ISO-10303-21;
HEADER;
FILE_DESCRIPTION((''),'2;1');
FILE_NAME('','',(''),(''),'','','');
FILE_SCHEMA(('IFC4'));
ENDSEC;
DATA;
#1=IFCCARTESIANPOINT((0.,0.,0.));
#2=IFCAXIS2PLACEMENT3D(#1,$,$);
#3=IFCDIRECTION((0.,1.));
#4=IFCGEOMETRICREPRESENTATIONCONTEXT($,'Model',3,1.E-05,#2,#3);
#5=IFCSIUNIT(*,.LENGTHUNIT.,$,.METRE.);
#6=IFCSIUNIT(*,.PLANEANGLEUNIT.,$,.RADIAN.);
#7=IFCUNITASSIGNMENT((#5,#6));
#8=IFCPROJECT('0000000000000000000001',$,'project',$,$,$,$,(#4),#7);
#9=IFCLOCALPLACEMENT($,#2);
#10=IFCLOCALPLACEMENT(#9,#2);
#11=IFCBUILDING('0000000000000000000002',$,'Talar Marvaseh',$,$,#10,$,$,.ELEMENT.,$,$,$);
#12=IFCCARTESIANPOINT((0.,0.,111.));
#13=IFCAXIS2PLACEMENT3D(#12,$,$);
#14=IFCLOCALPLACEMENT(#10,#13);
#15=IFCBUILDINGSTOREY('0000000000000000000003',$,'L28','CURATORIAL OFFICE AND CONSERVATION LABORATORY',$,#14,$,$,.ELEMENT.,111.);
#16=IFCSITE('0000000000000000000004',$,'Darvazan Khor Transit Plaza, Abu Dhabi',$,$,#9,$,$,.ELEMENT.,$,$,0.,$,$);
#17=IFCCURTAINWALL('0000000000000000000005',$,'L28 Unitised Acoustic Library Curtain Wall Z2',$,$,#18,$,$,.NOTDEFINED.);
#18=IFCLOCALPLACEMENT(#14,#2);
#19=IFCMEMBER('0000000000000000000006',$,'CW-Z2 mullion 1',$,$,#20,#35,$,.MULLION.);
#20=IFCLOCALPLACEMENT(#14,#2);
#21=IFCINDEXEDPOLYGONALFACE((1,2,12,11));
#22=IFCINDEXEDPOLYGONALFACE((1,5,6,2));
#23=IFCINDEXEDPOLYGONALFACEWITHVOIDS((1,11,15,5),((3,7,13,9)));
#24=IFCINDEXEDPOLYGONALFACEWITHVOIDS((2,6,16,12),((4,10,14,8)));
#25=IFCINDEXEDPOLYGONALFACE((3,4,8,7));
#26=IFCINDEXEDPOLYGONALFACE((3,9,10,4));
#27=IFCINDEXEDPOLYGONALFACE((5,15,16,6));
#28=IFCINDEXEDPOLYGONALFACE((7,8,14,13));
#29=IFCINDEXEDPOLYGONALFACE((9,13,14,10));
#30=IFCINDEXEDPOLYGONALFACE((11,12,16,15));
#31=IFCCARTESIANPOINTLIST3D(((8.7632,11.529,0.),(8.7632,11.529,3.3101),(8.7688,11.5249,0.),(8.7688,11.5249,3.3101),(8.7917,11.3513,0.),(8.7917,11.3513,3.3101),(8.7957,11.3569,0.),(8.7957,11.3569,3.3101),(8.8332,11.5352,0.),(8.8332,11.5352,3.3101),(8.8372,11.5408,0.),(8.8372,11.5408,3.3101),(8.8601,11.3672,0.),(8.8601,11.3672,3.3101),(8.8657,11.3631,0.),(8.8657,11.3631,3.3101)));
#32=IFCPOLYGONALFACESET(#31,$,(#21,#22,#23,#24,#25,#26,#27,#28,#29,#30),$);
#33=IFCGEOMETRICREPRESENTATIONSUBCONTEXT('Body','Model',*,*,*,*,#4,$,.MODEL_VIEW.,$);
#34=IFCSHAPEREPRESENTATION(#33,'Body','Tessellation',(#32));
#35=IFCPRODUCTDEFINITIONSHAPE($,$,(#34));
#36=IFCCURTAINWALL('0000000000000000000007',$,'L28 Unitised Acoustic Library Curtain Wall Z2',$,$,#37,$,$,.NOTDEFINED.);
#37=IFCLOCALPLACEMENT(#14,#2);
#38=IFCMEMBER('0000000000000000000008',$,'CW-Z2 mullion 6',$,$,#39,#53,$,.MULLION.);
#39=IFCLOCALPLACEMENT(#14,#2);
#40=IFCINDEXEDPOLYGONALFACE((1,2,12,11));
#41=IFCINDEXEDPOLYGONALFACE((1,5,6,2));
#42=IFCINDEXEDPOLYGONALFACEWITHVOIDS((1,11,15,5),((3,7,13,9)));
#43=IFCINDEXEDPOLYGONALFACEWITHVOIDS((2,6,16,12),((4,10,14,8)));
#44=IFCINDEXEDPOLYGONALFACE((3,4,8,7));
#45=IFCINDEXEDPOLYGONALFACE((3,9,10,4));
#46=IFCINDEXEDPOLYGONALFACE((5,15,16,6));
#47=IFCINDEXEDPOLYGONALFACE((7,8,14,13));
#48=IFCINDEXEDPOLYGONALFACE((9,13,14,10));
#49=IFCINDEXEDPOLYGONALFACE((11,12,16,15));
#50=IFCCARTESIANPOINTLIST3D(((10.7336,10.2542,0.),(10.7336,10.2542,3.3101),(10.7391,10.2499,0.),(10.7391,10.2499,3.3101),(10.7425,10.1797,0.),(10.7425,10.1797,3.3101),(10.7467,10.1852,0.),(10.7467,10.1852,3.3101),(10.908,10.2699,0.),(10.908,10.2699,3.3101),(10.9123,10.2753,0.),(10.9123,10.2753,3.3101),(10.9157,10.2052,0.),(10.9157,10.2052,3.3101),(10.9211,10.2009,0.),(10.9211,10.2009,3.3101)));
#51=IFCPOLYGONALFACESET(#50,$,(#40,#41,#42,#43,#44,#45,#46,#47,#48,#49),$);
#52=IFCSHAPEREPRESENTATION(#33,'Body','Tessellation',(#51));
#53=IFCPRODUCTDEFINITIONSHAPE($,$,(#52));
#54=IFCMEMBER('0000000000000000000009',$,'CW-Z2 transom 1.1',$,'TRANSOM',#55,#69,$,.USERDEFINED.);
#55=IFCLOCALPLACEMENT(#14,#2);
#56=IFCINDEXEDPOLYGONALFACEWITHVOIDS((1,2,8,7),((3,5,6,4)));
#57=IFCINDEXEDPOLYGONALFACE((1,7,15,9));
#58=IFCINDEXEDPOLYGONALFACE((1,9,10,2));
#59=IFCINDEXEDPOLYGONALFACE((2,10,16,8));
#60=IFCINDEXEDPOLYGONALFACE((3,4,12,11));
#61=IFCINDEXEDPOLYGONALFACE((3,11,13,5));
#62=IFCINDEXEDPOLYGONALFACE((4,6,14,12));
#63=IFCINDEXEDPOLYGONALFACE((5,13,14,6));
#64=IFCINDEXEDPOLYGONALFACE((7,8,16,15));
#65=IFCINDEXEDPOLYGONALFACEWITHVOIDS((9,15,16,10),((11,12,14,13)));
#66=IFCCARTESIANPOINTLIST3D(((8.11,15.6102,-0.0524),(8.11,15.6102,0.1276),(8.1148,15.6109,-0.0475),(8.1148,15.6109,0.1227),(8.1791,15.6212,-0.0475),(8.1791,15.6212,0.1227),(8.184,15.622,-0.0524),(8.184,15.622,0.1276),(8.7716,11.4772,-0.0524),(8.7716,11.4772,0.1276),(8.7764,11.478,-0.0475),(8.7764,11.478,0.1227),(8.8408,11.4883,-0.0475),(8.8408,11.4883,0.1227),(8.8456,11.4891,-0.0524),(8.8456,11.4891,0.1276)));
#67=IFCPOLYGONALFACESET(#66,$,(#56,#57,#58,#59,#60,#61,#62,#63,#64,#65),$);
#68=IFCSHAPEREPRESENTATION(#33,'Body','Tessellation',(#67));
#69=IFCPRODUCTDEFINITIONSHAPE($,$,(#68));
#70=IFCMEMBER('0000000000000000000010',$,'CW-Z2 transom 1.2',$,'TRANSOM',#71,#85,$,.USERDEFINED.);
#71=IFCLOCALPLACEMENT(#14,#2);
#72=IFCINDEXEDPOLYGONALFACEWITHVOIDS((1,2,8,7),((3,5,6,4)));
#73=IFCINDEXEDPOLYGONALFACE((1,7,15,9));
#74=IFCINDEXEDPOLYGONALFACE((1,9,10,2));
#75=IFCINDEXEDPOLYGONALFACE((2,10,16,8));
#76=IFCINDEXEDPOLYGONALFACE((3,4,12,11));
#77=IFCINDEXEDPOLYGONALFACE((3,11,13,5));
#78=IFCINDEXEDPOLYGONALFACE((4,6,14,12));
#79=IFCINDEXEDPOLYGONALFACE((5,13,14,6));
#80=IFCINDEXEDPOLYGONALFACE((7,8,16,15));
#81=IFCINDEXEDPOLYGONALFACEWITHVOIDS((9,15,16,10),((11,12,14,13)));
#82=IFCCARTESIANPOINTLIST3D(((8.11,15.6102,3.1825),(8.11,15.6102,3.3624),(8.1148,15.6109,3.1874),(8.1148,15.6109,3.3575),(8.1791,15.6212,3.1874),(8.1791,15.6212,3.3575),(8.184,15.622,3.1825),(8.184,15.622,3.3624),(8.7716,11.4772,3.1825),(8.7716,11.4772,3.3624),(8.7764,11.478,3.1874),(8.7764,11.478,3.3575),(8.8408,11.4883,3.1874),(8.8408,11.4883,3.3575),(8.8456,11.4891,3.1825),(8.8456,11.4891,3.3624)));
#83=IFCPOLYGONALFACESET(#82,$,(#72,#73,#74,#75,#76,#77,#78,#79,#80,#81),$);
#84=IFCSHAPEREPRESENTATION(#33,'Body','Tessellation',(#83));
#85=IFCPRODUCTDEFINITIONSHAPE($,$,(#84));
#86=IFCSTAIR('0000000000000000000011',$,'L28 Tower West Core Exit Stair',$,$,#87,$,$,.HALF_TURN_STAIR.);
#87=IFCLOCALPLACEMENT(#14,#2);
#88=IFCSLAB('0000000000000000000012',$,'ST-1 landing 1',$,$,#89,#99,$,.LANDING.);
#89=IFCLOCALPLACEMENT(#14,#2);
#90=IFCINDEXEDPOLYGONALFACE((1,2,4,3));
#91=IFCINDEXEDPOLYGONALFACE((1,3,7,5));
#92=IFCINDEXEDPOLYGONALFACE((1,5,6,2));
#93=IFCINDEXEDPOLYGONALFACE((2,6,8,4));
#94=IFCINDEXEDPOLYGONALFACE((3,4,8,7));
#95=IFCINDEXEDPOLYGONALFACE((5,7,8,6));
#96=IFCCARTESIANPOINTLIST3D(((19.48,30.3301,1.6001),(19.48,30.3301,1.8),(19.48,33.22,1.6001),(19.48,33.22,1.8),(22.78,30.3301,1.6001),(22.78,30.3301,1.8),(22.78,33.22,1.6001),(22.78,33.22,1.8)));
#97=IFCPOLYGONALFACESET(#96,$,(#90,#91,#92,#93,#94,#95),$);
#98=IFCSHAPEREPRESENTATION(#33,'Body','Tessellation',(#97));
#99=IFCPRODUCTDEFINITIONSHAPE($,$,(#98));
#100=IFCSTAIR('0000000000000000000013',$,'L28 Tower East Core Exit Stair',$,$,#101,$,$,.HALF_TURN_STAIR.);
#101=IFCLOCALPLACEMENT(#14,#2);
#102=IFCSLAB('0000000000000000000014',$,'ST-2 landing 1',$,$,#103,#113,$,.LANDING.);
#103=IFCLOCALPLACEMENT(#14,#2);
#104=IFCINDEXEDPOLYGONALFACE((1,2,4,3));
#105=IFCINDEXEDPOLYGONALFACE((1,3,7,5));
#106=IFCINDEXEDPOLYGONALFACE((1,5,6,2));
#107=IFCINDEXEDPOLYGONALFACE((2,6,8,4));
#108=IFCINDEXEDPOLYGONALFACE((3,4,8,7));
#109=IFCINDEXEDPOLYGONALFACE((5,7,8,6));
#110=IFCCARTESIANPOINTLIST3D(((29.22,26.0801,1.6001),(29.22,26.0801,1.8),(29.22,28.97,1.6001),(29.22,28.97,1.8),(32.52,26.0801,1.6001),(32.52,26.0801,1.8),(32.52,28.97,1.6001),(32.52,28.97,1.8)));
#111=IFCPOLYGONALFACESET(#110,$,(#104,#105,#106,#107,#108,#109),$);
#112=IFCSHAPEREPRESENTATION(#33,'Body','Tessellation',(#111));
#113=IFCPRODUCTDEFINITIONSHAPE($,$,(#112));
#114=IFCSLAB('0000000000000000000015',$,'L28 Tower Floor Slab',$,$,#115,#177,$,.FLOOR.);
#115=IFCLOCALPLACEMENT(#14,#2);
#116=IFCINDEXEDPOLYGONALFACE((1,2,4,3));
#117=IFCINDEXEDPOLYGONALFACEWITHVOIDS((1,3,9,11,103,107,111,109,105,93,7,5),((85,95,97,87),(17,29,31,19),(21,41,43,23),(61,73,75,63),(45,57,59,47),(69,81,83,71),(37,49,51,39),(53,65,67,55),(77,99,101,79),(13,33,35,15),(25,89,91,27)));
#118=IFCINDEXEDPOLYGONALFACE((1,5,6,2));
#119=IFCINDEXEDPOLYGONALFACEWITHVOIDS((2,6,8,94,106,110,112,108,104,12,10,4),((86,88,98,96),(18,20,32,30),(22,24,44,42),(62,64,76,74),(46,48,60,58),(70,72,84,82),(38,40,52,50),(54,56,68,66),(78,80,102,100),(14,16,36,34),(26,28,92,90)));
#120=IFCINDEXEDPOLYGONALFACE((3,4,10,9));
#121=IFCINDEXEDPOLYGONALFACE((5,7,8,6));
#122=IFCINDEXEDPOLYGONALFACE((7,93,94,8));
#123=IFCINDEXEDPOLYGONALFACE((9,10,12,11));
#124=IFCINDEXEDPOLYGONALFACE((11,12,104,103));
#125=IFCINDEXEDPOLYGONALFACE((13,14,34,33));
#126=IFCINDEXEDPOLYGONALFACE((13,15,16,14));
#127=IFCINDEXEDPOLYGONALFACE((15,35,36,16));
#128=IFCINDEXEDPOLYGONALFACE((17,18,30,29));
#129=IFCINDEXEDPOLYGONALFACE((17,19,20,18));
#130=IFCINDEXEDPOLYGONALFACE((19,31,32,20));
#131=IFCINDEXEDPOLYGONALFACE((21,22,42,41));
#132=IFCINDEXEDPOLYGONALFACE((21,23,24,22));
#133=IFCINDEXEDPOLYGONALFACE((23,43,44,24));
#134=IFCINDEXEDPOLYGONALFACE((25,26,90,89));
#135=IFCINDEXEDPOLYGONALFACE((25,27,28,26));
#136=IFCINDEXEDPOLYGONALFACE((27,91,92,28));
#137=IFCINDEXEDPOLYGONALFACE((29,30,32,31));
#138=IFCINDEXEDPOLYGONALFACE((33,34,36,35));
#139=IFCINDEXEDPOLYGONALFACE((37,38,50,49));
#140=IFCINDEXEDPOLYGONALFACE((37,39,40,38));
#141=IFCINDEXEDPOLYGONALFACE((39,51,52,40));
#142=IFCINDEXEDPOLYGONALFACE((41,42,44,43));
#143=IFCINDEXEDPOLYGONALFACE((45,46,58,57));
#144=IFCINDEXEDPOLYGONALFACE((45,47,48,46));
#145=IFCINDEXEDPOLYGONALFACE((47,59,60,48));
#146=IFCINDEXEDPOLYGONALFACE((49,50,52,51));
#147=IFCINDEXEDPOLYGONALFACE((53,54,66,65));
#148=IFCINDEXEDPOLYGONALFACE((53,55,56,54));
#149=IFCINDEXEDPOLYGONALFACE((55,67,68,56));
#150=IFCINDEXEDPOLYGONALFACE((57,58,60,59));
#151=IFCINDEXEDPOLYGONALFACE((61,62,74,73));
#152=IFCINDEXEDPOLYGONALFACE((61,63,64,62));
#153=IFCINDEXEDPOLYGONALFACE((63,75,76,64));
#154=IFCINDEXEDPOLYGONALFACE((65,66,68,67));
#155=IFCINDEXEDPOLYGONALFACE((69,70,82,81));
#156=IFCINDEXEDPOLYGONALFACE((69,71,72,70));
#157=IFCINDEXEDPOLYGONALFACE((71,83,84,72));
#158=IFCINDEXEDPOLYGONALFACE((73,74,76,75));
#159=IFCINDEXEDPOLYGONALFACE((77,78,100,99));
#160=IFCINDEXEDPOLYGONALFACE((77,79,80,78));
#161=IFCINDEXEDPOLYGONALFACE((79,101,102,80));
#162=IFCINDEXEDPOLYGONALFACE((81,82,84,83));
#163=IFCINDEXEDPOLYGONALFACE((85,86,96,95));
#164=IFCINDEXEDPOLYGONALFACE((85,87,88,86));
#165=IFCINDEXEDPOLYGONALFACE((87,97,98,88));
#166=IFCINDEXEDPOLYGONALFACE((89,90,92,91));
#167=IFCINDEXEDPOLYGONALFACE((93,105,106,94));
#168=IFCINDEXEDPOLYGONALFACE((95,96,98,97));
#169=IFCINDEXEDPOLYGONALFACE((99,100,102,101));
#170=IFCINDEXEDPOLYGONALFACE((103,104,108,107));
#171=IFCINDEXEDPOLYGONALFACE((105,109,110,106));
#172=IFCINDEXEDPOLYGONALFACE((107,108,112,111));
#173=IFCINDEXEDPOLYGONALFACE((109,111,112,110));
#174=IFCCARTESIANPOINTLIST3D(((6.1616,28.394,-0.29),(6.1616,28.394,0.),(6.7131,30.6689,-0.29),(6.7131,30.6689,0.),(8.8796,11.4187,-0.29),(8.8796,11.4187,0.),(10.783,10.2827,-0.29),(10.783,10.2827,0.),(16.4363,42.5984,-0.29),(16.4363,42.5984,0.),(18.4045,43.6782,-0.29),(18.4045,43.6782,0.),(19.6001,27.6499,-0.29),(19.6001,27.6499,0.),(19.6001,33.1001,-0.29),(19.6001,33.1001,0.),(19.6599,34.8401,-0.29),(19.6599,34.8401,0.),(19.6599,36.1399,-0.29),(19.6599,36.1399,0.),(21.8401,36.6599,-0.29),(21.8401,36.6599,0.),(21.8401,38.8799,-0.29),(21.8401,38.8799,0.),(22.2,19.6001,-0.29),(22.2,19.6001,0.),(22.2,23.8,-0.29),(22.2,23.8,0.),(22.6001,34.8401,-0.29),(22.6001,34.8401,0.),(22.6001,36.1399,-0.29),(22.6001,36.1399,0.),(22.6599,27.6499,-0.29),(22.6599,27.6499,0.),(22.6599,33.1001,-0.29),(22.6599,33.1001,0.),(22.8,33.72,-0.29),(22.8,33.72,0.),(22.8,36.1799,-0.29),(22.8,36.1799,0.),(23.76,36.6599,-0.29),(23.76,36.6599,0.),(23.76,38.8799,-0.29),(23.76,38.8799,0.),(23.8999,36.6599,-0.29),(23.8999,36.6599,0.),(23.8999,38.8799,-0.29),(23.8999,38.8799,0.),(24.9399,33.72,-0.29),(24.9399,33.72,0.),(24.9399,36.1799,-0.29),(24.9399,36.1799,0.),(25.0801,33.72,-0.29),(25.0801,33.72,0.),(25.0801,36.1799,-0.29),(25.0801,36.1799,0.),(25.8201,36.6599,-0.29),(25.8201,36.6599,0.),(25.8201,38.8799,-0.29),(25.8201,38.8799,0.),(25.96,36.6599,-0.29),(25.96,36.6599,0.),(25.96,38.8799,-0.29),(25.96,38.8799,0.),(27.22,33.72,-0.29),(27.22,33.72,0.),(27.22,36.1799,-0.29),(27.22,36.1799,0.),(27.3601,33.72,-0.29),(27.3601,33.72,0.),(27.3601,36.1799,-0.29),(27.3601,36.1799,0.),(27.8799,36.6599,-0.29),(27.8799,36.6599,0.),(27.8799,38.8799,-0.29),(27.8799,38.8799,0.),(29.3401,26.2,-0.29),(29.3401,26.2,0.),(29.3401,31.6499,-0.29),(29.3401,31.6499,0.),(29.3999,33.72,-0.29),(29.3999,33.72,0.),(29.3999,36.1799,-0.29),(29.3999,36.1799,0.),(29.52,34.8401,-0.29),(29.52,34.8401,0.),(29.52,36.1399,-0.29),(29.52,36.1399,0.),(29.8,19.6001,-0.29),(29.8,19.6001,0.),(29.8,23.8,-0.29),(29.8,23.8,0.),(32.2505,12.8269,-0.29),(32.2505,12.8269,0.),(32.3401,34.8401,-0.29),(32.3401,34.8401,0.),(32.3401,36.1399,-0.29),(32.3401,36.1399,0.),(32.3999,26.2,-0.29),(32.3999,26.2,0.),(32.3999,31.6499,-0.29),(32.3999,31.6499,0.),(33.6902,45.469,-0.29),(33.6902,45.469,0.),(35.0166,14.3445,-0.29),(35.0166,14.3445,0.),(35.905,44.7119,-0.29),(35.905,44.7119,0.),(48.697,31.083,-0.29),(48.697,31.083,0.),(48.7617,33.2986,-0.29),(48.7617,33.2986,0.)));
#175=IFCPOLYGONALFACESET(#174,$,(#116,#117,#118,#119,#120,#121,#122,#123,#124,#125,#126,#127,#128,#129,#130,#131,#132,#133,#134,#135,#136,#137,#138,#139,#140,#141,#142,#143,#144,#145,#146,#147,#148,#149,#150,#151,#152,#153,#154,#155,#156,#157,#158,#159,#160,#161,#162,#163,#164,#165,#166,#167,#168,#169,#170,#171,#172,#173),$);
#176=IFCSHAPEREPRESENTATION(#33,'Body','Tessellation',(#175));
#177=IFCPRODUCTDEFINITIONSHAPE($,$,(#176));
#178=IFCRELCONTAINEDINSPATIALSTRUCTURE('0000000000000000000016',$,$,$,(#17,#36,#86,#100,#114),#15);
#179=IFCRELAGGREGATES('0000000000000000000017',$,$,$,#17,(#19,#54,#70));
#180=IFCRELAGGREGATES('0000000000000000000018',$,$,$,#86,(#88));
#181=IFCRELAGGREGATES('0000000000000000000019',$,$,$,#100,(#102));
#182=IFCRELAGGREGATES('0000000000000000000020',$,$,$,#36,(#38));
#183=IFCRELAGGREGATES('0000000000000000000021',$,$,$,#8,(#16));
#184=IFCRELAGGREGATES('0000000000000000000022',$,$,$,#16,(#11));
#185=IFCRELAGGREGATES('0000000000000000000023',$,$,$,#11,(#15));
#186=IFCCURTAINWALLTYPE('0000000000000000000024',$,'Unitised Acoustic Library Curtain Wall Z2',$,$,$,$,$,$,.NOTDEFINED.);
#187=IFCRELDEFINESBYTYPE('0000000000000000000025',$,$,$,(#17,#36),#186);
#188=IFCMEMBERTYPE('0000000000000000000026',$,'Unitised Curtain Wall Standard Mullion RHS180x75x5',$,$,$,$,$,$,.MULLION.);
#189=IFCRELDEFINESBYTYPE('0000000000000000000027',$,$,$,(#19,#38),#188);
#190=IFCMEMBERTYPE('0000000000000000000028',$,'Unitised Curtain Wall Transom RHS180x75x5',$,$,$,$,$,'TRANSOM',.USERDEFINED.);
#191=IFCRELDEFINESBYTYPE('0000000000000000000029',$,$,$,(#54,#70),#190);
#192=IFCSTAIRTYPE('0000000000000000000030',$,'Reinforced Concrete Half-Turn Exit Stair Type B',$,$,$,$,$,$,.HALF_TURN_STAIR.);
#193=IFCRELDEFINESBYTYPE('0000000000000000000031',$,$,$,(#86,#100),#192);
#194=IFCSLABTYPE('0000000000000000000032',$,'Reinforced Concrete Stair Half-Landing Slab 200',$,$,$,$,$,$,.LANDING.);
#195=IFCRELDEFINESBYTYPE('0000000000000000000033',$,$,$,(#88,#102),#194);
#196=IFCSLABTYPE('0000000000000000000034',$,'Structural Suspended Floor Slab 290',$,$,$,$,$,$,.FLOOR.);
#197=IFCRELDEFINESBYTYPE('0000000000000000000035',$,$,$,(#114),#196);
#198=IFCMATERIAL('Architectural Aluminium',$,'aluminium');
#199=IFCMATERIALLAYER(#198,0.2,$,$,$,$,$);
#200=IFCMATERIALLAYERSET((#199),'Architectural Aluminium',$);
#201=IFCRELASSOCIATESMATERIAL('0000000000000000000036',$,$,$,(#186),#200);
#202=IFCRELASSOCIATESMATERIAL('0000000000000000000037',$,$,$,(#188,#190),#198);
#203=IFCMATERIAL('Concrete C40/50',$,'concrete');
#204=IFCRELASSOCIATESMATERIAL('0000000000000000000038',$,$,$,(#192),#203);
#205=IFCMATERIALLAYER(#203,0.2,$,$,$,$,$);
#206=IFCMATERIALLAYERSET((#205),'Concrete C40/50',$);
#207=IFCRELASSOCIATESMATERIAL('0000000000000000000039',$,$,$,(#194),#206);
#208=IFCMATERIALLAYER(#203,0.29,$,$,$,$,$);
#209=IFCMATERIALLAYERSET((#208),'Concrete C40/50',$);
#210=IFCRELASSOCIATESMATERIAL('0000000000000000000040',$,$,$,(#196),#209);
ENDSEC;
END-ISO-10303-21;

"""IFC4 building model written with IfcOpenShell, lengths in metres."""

from ifc_helpers import new_model, si_unit, direction, frame, origin, origin_2d, place, context, subcontext, project, spatial, polyline, hollow_rectangle, outline, extrude, source, transform, mapped, material, layer, layer_set, material_profile, profile_set, type_object, type_shapes, element, aggregate, save


model = new_model("IFC4")

# Units and contexts
model_context = context("Model", 3, precision=1e-05, world=origin(), true_north=direction((0.0, 1.0)))
body_context = subcontext(model_context, "Body", "Model", "MODEL_VIEW")
ifc_project = project(units=[si_unit("LENGTHUNIT", "METRE"), si_unit("PLANEANGLEUNIT", "RADIAN")], contexts=[model_context])

# Site, building, storey
site_placement = place(None, origin())
site = spatial("IfcSite", under=ifc_project, at=site_placement, Name="Darvazan Khor Transit Plaza, Abu Dhabi", CompositionType="ELEMENT", RefElevation=0.0)
building_placement = place(site_placement, origin())
building = spatial("IfcBuilding", under=site, at=building_placement, Name="Talar Marvaseh", CompositionType="ELEMENT")
storey_placement = place(building_placement, frame((0.0, 0.0, 111.0)))
storey = spatial("IfcBuildingStorey", under=building, at=storey_placement, Name="L28", Description="CURATORIAL OFFICE AND CONSERVATION LABORATORY", CompositionType="ELEMENT", Elevation=111.0)

# Curtain walls, members
ifc_material_1 = material(Name="Architectural Aluminium", Category="aluminium")
ifc_layer_1 = layer(ifc_material_1, 0.2)
ifc_layer_set_1 = layer_set([ifc_layer_1], Name="Architectural Aluminium")
curtain_wall_type = type_object("IfcCurtainWallType", Name="Unitised Acoustic Library Curtain Wall Z2", PredefinedType="NOTDEFINED", material=ifc_layer_set_1)
curtain_wall_1_placement = place(storey_placement, origin())
curtain_wall_1 = element("IfcCurtainWall", 1, at=curtain_wall_1_placement, inside=storey, type_object=curtain_wall_type, Name="L28 Unitised Acoustic Library Curtain Wall Z2", PredefinedType="NOTDEFINED")
ifc_material_profile_1 = material_profile(ifc_material_1, hollow_rectangle(XDim=0.075, YDim=0.1799, WallThickness=0.0049, at=origin_2d()), Name="RHS180x75x5")
ifc_profile_set_1 = profile_set([ifc_material_profile_1], Name="Architectural Aluminium")
member_type_1 = type_object("IfcMemberType", Name="Unitised Curtain Wall Standard Mullion RHS180x75x5", PredefinedType="MULLION", material=ifc_profile_set_1)
shared_shape_1 = source(origin(), body_context, "Body", "SweptSolid", [
    extrude(hollow_rectangle(XDim=0.075, YDim=0.1799, WallThickness=0.0049, at=origin_2d()), origin(), (0.0, 0.0, 1.0), 3.3101),
])
type_shapes(member_type_1, [shared_shape_1])
member_1_placement = place(storey_placement, frame((8.8145, 11.446, 0.0), z_axis=(0.0, 0.0, 1.0), x_axis=(-0.987424, -0.158095, 0.0)))
member_1 = element("IfcMember", 2, at=member_1_placement, type_object=member_type_1, Name="CW-Z2 mullion 1", PredefinedType="MULLION", context=body_context, shape_type="MappedRepresentation", body=[
    mapped(shared_shape_1, transform((0.0, 0.0, 0.0), x_axis=(1.0, 0.0, 0.0), y_axis=(0.0, 1.0, 0.0), z_axis=(0.0, 0.0, 1.0), scale=1.0)),
])
curtain_wall_2_placement = place(storey_placement, origin())
curtain_wall_2 = element("IfcCurtainWall", 3, at=curtain_wall_2_placement, inside=storey, type_object=curtain_wall_type, Name="L28 Unitised Acoustic Library Curtain Wall Z2", PredefinedType="NOTDEFINED")
member_2_placement = place(storey_placement, frame((10.8274, 10.2275, 0.0), z_axis=(0.0, 0.0, 1.0), x_axis=(0.117691, -0.99305, 0.0)))
member_2 = element("IfcMember", 4, at=member_2_placement, type_object=member_type_1, Name="CW-Z2 mullion 6", PredefinedType="MULLION", context=body_context, shape_type="MappedRepresentation", body=[
    mapped(shared_shape_1, transform((0.0, 0.0, 0.0), x_axis=(1.0, 0.0, 0.0), y_axis=(0.0, 1.0, 0.0), z_axis=(0.0, 0.0, 1.0), scale=1.0)),
])

# Members
ifc_material_profile_2 = material_profile(ifc_material_1, hollow_rectangle(XDim=0.075, YDim=0.1799, WallThickness=0.0049, at=origin_2d()), Name="RHS180x75x5")
ifc_profile_set_2 = profile_set([ifc_material_profile_2], Name="Architectural Aluminium")
member_type_2 = type_object("IfcMemberType", Name="Unitised Curtain Wall Transom RHS180x75x5", ElementType="TRANSOM", PredefinedType="USERDEFINED", material=ifc_profile_set_2)
shared_shape_2 = source(origin(), body_context, "Body", "SweptSolid", [
    extrude(hollow_rectangle(XDim=0.075, YDim=0.1799, WallThickness=0.0049, at=origin_2d()), origin(), (0.0, 0.0, 1.0), 4.1855),
])
type_shapes(member_type_2, [shared_shape_2])
member_3_placement = place(storey_placement, frame((8.8086, 11.4832, 0.0376), z_axis=(-0.158077, 0.987427, 0.0), x_axis=(-0.987427, -0.158077, 0.0)))
member_3 = element("IfcMember", 5, at=member_3_placement, type_object=member_type_2, Name="CW-Z2 transom 1.1", ObjectType="TRANSOM", PredefinedType="USERDEFINED", context=body_context, shape_type="MappedRepresentation", body=[
    mapped(shared_shape_2, transform((0.0, 0.0, 0.0), x_axis=(1.0, 0.0, 0.0), y_axis=(0.0, 1.0, 0.0), z_axis=(0.0, 0.0, 1.0), scale=1.0)),
])
member_4_placement = place(storey_placement, frame((8.8086, 11.4832, 3.2725), z_axis=(-0.158077, 0.987427, 0.0), x_axis=(-0.987427, -0.158077, 0.0)))
member_4 = element("IfcMember", 6, at=member_4_placement, type_object=member_type_2, Name="CW-Z2 transom 1.2", ObjectType="TRANSOM", PredefinedType="USERDEFINED", context=body_context, shape_type="MappedRepresentation", body=[
    mapped(shared_shape_2, transform((0.0, 0.0, 0.0), x_axis=(1.0, 0.0, 0.0), y_axis=(0.0, 1.0, 0.0), z_axis=(0.0, 0.0, 1.0), scale=1.0)),
])
aggregate(curtain_wall_1, [member_1, member_3, member_4])

# Stairs, slabs
ifc_material_2 = material(Name="Concrete C40/50", Category="concrete")
stair_type = type_object("IfcStairType", Name="Reinforced Concrete Half-Turn Exit Stair Type B", PredefinedType="HALF_TURN_STAIR", material=ifc_material_2)
stair_1_placement = place(storey_placement, origin())
stair_1 = element("IfcStair", 7, at=stair_1_placement, inside=storey, type_object=stair_type, Name="L28 Tower West Core Exit Stair", PredefinedType="HALF_TURN_STAIR")
ifc_layer_2 = layer(ifc_material_2, 0.2)
ifc_layer_set_2 = layer_set([ifc_layer_2], Name="Concrete C40/50")
slab_type_1 = type_object("IfcSlabType", Name="Reinforced Concrete Stair Half-Landing Slab 200", PredefinedType="LANDING", material=ifc_layer_set_2)
slab_1_placement = place(storey_placement, frame((0.0, 0.0, 1.6001)))
slab_1 = element("IfcSlab", 8, at=slab_1_placement, type_object=slab_type_1, Name="ST-1 landing 1", PredefinedType="LANDING", context=body_context, shape_type="SweptSolid", body=[
    extrude(outline(polyline([(22.78, 30.3301), (22.78, 33.22), (19.48, 33.22), (19.48, 30.3301), (22.78, 30.3301)])), origin(), (0.0, 0.0, 1.0), 0.2),
])
aggregate(stair_1, [slab_1])
stair_2_placement = place(storey_placement, origin())
stair_2 = element("IfcStair", 9, at=stair_2_placement, inside=storey, type_object=stair_type, Name="L28 Tower East Core Exit Stair", PredefinedType="HALF_TURN_STAIR")
slab_2_placement = place(storey_placement, frame((0.0, 0.0, 1.6001)))
slab_2 = element("IfcSlab", 10, at=slab_2_placement, type_object=slab_type_1, Name="ST-2 landing 1", PredefinedType="LANDING", context=body_context, shape_type="SweptSolid", body=[
    extrude(outline(polyline([(29.22, 28.97), (29.22, 26.0801), (32.52, 26.0801), (32.52, 28.97), (29.22, 28.97)])), origin(), (0.0, 0.0, 1.0), 0.2),
])
aggregate(stair_2, [slab_2])

# Slab
ifc_layer_3 = layer(ifc_material_2, 0.29)
ifc_layer_set_3 = layer_set([ifc_layer_3], Name="Concrete C40/50")
slab_type_2 = type_object("IfcSlabType", Name="Structural Suspended Floor Slab 290", PredefinedType="FLOOR", material=ifc_layer_set_3)
slab_3_placement = place(storey_placement, frame((0.0, 0.0, -0.29)))
element("IfcSlab", 11, at=slab_3_placement, inside=storey, type_object=slab_type_2, Name="L28 Tower Floor Slab", PredefinedType="FLOOR", context=body_context, shape_type="SweptSolid", body=[
    extrude(outline(polyline([(10.783, 10.2827), (8.8796, 11.4187), (6.1616, 28.394), (6.7131, 30.6689), (16.4363, 42.5984), (18.4045, 43.6782), (33.6902, 45.469), (35.905, 44.7119), (48.7617, 33.2986), (48.697, 31.083), (35.0166, 14.3445), (32.2505, 12.8269), (10.783, 10.2827)]), holes=[polyline([(22.6599, 27.6499), (22.6599, 33.1001), (19.6001, 33.1001), (19.6001, 27.6499), (22.6599, 27.6499)]), polyline([(29.3401, 31.6499), (29.3401, 26.2), (32.3999, 26.2), (32.3999, 31.6499), (29.3401, 31.6499)]), polyline([(22.8, 33.72), (24.9399, 33.72), (24.9399, 36.1799), (22.8, 36.1799), (22.8, 33.72)]), polyline([(25.0801, 33.72), (27.22, 33.72), (27.22, 36.1799), (25.0801, 36.1799), (25.0801, 33.72)]), polyline([(27.3601, 33.72), (29.3999, 33.72), (29.3999, 36.1799), (27.3601, 36.1799), (27.3601, 33.72)]), polyline([(21.8401, 36.6599), (23.76, 36.6599), (23.76, 38.8799), (21.8401, 38.8799), (21.8401, 36.6599)]), polyline([(23.8999, 36.6599), (25.8201, 36.6599), (25.8201, 38.8799), (23.8999, 38.8799), (23.8999, 36.6599)]), polyline([(25.96, 36.6599), (27.8799, 36.6599), (27.8799, 38.8799), (25.96, 38.8799), (25.96, 36.6599)]), polyline([(19.6599, 34.8401), (22.6001, 34.8401), (22.6001, 36.1399), (19.6599, 36.1399), (19.6599, 34.8401)]), polyline([(29.52, 34.8401), (32.3401, 34.8401), (32.3401, 36.1399), (29.52, 36.1399), (29.52, 34.8401)]), polyline([(22.2, 19.6001), (29.8, 19.6001), (29.8, 23.8), (22.2, 23.8), (22.2, 19.6001)])]), origin(), (0.0, 0.0, 1.0), 0.29),
])

aggregate(curtain_wall_2, [member_2])

save(model, "model.ifc")
